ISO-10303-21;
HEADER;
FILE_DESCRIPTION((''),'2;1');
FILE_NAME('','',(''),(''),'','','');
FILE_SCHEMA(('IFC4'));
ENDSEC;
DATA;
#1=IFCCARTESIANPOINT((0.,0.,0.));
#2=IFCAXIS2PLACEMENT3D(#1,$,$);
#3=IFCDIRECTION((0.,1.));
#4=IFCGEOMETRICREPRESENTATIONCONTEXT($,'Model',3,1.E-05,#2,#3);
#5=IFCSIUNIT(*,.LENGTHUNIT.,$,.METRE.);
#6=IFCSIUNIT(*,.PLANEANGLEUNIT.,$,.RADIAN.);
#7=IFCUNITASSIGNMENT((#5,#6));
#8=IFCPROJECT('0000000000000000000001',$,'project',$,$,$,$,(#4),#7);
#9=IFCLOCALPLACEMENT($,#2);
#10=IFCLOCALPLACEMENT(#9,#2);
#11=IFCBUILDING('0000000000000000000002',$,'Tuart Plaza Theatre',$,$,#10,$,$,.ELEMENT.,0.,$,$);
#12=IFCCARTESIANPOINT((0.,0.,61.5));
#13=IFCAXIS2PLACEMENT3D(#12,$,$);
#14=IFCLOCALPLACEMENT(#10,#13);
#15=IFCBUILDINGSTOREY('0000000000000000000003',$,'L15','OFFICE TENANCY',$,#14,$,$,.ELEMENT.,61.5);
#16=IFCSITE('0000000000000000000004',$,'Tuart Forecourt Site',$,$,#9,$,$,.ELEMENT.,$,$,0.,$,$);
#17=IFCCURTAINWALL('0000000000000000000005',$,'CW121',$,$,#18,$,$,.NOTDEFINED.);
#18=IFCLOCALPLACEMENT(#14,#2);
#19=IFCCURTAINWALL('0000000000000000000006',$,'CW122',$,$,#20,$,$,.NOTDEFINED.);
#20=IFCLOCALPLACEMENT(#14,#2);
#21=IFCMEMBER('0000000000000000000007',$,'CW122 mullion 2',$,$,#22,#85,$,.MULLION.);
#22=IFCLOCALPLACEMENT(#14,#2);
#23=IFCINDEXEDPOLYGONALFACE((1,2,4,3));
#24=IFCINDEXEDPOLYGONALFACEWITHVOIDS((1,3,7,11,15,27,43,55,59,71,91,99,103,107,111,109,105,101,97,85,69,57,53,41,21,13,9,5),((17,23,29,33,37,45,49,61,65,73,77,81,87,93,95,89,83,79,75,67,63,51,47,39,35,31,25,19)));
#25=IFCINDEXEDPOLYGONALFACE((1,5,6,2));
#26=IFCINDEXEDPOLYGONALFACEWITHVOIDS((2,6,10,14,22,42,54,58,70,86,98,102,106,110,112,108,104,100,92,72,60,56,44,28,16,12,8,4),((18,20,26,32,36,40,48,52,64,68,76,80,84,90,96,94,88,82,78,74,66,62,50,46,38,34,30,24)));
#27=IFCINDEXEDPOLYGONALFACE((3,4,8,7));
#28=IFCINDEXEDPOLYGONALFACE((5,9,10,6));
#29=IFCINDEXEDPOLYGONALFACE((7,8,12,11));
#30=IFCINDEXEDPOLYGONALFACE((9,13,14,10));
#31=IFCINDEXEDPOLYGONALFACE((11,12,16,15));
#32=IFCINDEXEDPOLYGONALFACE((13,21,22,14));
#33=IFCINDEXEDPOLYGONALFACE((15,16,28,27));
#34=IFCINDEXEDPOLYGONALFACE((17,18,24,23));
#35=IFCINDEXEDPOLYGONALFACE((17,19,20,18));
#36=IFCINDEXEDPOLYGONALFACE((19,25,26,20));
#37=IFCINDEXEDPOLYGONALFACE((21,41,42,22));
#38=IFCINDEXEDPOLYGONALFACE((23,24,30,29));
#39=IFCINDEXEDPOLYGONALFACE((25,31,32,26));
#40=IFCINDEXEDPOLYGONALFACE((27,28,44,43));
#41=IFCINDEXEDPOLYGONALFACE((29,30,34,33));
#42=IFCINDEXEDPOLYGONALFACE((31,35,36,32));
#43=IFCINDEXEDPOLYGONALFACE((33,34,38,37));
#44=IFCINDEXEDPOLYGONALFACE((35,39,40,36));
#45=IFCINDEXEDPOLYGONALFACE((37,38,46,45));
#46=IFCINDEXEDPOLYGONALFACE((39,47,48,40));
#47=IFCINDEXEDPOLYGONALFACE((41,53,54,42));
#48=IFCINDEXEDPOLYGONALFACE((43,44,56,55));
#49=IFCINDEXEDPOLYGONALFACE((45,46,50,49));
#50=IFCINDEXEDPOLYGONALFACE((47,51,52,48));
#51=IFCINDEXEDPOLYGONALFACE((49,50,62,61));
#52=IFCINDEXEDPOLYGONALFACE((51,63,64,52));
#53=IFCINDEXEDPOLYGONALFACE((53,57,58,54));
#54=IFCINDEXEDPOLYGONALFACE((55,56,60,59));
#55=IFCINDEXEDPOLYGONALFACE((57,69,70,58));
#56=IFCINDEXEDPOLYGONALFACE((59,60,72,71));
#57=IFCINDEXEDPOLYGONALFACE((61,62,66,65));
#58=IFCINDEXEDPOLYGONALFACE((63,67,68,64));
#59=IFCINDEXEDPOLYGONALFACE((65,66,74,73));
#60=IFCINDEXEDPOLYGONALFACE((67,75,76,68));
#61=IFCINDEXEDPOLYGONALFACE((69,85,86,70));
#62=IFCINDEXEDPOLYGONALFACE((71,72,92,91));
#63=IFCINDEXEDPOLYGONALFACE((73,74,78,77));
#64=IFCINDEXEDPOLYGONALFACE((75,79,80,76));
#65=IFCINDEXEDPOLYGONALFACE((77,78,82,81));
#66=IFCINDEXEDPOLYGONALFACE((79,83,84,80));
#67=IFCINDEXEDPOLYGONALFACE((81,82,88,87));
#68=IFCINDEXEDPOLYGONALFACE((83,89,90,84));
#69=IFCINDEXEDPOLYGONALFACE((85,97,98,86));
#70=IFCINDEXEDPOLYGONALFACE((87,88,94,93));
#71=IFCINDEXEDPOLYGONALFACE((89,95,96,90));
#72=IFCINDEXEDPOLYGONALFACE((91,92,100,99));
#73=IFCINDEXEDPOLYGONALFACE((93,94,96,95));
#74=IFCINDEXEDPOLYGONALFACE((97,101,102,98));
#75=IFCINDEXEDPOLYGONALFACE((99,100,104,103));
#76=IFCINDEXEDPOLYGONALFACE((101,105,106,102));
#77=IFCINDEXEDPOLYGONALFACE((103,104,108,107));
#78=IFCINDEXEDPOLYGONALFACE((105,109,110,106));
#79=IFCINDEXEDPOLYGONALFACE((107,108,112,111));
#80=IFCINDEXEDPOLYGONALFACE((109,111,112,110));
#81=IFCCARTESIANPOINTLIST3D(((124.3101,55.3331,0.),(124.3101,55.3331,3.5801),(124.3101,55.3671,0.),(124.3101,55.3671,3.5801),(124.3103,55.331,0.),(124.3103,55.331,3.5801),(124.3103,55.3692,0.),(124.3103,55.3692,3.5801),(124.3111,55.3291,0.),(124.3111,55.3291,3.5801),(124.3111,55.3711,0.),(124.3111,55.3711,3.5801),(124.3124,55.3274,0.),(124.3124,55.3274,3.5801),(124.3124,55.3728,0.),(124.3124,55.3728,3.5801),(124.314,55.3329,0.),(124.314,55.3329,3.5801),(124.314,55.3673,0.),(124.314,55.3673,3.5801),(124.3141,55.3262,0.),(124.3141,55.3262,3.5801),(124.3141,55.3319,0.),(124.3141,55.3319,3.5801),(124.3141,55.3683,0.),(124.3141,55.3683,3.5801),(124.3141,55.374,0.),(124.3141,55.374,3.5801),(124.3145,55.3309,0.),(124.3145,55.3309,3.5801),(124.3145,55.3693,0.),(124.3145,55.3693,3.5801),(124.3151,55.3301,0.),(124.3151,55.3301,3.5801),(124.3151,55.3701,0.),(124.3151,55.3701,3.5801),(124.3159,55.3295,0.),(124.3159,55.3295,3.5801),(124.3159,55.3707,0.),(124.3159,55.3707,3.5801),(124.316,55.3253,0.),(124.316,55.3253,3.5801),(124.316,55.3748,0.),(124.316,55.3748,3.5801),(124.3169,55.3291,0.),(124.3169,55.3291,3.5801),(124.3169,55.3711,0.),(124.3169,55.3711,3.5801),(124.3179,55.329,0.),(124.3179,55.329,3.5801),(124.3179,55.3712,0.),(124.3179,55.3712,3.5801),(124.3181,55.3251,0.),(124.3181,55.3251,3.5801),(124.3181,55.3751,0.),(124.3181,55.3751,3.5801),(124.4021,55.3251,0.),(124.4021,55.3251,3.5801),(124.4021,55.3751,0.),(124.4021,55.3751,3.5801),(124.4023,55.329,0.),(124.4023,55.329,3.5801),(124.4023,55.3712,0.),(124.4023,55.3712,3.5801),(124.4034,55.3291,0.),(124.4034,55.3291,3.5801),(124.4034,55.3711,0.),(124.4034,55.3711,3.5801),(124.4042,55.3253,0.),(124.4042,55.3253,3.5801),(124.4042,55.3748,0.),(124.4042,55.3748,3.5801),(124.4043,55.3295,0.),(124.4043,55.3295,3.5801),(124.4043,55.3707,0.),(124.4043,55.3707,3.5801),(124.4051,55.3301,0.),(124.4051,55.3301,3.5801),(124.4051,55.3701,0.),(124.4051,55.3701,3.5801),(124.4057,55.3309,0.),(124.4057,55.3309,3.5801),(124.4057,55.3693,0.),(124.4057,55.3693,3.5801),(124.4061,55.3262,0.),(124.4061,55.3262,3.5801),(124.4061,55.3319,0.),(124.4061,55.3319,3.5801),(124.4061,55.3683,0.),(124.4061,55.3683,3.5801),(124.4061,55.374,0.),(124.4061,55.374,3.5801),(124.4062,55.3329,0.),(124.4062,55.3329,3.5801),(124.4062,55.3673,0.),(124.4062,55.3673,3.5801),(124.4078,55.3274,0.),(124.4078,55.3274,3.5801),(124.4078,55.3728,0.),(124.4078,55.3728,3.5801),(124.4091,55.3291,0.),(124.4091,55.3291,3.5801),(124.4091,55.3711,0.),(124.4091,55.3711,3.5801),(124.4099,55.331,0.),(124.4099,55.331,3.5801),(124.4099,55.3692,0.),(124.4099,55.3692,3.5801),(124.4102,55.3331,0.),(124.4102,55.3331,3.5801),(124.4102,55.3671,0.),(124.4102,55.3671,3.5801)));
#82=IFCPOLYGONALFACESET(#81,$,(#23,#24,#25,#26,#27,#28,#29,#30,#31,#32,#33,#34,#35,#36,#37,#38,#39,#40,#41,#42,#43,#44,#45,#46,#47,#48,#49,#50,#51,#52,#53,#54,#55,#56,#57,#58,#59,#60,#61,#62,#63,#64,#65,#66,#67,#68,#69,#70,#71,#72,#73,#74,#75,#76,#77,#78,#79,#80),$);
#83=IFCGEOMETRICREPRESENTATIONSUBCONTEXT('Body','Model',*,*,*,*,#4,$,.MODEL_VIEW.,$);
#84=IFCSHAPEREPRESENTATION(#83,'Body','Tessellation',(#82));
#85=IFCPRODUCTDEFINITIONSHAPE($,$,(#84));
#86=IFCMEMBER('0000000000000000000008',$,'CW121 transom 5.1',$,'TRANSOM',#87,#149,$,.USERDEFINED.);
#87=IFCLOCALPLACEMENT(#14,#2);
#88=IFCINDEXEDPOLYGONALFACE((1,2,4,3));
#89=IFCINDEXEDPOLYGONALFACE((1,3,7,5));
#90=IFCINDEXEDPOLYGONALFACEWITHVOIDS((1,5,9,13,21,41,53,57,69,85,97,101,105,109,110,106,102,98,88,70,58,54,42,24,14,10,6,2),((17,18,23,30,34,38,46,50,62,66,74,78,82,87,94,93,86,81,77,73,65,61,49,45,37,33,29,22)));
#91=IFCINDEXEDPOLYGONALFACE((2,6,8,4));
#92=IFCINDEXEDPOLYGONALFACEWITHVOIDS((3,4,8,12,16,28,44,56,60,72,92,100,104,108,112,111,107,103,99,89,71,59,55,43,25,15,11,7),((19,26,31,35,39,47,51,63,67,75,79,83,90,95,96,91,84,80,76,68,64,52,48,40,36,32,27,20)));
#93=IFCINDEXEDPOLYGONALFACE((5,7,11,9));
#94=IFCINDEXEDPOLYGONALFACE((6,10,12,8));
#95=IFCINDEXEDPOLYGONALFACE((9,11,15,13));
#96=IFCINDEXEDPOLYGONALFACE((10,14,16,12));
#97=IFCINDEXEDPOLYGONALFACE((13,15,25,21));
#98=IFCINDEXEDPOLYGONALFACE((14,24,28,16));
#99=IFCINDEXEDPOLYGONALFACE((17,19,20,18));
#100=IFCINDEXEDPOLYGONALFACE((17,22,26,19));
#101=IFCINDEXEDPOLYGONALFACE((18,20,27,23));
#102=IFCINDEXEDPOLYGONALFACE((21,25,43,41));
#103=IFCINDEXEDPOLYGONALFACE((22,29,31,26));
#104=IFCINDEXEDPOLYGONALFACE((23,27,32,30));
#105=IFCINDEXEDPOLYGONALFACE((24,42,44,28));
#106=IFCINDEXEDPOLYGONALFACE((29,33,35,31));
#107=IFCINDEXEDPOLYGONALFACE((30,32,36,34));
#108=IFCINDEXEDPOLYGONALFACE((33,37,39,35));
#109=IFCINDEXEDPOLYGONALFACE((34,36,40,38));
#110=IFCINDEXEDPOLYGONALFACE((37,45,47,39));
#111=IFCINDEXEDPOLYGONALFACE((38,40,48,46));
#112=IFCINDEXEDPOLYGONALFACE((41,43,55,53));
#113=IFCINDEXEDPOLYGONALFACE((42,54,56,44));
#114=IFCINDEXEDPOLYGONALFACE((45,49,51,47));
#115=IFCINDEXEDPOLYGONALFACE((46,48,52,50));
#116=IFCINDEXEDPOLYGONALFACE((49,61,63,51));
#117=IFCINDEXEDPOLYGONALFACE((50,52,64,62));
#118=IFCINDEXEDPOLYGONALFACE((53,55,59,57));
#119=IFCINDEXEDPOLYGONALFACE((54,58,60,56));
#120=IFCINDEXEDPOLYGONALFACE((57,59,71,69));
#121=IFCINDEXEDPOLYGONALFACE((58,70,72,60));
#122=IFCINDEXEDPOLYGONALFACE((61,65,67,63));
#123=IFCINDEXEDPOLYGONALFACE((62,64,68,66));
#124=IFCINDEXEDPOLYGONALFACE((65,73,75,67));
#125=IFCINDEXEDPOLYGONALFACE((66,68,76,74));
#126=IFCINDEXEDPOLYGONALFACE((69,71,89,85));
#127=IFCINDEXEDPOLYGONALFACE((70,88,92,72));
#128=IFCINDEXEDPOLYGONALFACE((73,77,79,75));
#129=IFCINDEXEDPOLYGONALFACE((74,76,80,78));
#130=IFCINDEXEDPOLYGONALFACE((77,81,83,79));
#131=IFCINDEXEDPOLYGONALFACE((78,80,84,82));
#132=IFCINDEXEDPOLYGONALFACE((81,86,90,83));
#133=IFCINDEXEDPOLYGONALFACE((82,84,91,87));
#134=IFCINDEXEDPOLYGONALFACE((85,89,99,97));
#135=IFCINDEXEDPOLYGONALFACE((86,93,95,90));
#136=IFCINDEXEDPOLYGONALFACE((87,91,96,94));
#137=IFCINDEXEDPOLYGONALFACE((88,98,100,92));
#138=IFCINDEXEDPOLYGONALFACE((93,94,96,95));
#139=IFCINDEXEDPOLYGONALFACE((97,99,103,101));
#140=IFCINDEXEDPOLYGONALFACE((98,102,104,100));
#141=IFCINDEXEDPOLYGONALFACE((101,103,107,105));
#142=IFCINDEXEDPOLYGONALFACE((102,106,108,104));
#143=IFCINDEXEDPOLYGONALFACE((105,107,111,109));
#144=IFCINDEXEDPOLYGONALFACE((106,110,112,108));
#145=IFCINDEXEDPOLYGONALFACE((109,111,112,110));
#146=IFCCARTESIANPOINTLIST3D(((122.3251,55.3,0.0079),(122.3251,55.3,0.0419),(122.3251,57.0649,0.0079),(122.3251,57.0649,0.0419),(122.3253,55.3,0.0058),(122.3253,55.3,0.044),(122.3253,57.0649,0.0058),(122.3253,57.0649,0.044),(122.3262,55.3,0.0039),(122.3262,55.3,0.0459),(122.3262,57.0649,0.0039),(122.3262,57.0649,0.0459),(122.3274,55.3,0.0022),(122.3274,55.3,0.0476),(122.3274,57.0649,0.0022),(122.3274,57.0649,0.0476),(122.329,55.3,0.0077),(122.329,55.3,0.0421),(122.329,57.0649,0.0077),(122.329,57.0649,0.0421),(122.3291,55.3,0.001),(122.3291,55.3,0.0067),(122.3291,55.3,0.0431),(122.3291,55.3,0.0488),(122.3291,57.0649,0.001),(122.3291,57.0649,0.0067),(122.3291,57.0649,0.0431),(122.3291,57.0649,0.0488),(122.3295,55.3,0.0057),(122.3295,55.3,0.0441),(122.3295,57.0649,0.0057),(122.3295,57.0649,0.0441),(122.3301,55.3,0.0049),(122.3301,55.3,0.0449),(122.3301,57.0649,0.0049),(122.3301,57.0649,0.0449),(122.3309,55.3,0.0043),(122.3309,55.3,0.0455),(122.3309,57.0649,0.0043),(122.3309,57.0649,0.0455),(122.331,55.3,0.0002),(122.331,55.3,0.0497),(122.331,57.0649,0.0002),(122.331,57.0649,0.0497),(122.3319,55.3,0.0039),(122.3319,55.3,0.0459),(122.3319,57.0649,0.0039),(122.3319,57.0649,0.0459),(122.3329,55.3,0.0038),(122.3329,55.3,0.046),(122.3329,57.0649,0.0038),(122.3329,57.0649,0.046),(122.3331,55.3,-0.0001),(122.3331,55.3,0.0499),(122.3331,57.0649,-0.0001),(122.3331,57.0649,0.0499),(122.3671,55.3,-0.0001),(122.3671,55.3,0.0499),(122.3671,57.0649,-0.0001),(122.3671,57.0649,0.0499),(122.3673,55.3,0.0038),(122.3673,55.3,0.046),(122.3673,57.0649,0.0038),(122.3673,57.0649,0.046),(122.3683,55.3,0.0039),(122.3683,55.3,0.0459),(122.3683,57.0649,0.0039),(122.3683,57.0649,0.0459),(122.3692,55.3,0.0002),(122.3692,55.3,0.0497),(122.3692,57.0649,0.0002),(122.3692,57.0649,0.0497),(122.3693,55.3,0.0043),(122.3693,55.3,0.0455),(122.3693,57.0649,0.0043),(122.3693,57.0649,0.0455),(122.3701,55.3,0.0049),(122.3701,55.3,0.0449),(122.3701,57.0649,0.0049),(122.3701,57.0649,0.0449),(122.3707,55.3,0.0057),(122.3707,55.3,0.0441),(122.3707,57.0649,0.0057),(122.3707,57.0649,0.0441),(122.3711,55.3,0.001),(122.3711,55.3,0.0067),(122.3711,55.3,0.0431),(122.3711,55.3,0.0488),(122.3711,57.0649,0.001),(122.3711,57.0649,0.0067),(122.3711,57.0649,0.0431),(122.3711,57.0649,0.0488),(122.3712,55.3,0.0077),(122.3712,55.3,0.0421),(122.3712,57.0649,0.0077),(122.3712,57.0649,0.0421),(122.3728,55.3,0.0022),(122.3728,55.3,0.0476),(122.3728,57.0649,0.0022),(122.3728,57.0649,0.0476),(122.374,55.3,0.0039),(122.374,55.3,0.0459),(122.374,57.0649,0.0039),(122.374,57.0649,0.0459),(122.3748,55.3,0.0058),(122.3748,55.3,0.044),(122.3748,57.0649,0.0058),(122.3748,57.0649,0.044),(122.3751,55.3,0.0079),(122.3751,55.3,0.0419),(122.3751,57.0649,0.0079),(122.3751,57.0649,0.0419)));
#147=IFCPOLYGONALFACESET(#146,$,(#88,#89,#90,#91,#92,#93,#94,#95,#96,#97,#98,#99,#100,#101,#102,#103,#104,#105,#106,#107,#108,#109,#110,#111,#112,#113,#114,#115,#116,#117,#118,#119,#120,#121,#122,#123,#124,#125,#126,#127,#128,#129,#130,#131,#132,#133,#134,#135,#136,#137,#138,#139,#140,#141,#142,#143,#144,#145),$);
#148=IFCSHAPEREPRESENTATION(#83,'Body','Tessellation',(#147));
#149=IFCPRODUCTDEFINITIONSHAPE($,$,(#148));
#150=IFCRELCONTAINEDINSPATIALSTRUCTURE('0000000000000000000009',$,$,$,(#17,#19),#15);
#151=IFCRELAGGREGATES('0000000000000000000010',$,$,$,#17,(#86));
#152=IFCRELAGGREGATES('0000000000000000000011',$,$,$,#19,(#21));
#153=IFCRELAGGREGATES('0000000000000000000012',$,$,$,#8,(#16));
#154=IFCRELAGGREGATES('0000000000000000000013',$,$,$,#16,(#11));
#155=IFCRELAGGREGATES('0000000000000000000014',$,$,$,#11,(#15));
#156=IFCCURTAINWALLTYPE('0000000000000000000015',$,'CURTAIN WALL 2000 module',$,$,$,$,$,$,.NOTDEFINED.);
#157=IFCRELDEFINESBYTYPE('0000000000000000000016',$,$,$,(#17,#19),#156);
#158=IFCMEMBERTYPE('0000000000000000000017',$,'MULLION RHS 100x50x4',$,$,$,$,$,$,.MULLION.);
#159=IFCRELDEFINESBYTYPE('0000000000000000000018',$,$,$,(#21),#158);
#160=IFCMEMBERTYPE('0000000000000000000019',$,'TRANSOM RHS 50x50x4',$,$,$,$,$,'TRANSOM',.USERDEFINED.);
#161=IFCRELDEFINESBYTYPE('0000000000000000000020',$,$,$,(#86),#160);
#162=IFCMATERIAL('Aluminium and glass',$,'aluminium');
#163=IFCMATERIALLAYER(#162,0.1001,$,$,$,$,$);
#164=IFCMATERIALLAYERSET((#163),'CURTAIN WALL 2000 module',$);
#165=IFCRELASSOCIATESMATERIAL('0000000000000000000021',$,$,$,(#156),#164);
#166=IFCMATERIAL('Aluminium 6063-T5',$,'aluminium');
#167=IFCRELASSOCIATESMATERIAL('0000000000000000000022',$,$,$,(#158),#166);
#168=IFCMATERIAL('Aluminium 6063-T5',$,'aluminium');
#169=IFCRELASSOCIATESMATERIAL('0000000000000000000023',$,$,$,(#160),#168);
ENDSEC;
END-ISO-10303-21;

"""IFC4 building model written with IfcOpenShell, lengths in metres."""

from ifc_helpers import new_model, si_unit, direction, frame, origin, origin_2d, place, context, subcontext, project, spatial, hollow_rectangle, extrude, material, layer, layer_set, material_profile, profile_set, type_object, element, aggregate, save


model = new_model("IFC4")

# Units and contexts
model_context = context("Model", 3, precision=1e-05, world=origin(), true_north=direction((0.0, 1.0)))
body_context = subcontext(model_context, "Body", "Model", "MODEL_VIEW")
ifc_project = project(units=[si_unit("LENGTHUNIT", "METRE"), si_unit("PLANEANGLEUNIT", "RADIAN")], contexts=[model_context])

# Site, building, storey
site_placement = place(None, origin())
site = spatial("IfcSite", under=ifc_project, at=site_placement, Name="Tuart Forecourt Site", CompositionType="ELEMENT", RefElevation=0.0)
building_placement = place(site_placement, origin())
building = spatial("IfcBuilding", under=site, at=building_placement, Name="Tuart Plaza Theatre", CompositionType="ELEMENT", ElevationOfRefHeight=0.0)
storey_placement = place(building_placement, frame((0.0, 0.0, 61.5)))
storey = spatial("IfcBuildingStorey", under=building, at=storey_placement, Name="L15", Description="OFFICE TENANCY", CompositionType="ELEMENT", Elevation=61.5)

# Curtain wall
ifc_material_1 = material(Name="Aluminium and glass", Category="aluminium")
ifc_layer_1 = layer(ifc_material_1, 0.1001)
ifc_layer_set_1 = layer_set([ifc_layer_1], Name="CURTAIN WALL 2000 module")
curtain_wall_type = type_object("IfcCurtainWallType", Name="CURTAIN WALL 2000 module", PredefinedType="NOTDEFINED", material=ifc_layer_set_1)
curtain_wall_1_placement = place(storey_placement, origin())
curtain_wall_1 = element("IfcCurtainWall", 1, at=curtain_wall_1_placement, inside=storey, type_object=curtain_wall_type, Name="CW121", PredefinedType="NOTDEFINED")
ifc_material_2 = material(Name="Aluminium 6063-T5", Category="aluminium")
ifc_material_profile_1 = material_profile(ifc_material_2, hollow_rectangle(XDim=0.05, YDim=0.1001, WallThickness=0.0039, InnerFilletRadius=0.0039, OuterFilletRadius=0.0081, at=origin_2d()), Name="RHS 100x50x4")
ifc_profile_set_1 = profile_set([ifc_material_profile_1], Name="Aluminium 6063-T5")
member_type_1 = type_object("IfcMemberType", Name="MULLION RHS 100x50x4", PredefinedType="MULLION", material=ifc_profile_set_1)

# Curtain wall, member
curtain_wall_2_placement = place(storey_placement, origin())
curtain_wall_2 = element("IfcCurtainWall", 2, at=curtain_wall_2_placement, inside=storey, type_object=curtain_wall_type, Name="CW122", PredefinedType="NOTDEFINED")
member_1_placement = place(storey_placement, frame((124.3601, 55.3501, 0.0), z_axis=(0.0, 0.0, 1.0), x_axis=(0.0, 1.0, 0.0)))
member_1 = element("IfcMember", 3, at=member_1_placement, type_object=member_type_1, Name="CW122 mullion 2", PredefinedType="MULLION", context=body_context, shape_type="SweptSolid", body=[
    extrude(hollow_rectangle(XDim=0.05, YDim=0.1001, WallThickness=0.0039, InnerFilletRadius=0.0039, OuterFilletRadius=0.0081, at=origin_2d()), origin(), (0.0, 0.0, 1.0), 3.5801),
])

# Member
ifc_material_3 = material(Name="Aluminium 6063-T5", Category="aluminium")
ifc_material_profile_2 = material_profile(ifc_material_3, hollow_rectangle(XDim=0.05, YDim=0.05, WallThickness=0.0039, InnerFilletRadius=0.0039, OuterFilletRadius=0.0081, at=origin_2d()), Name="RHS 50x50x4")
ifc_profile_set_2 = profile_set([ifc_material_profile_2], Name="Aluminium 6063-T5")
member_type_2 = type_object("IfcMemberType", Name="TRANSOM RHS 50x50x4", ElementType="TRANSOM", PredefinedType="USERDEFINED", material=ifc_profile_set_2)
member_2_placement = place(storey_placement, frame((122.3501, 57.0649, 0.0249), z_axis=(0.0, -1.0, 0.0), x_axis=(1.0, 0.0, 0.0)))
member_2 = element("IfcMember", 4, at=member_2_placement, type_object=member_type_2, Name="CW121 transom 5.1", ObjectType="TRANSOM", PredefinedType="USERDEFINED", context=body_context, shape_type="SweptSolid", body=[
    extrude(hollow_rectangle(XDim=0.05, YDim=0.05, WallThickness=0.0039, InnerFilletRadius=0.0039, OuterFilletRadius=0.0081, at=origin_2d()), origin(), (0.0, 0.0, 1.0), 1.7649),
])

aggregate(curtain_wall_1, [member_2])
aggregate(curtain_wall_2, [member_1])

save(model, "model.ifc")
